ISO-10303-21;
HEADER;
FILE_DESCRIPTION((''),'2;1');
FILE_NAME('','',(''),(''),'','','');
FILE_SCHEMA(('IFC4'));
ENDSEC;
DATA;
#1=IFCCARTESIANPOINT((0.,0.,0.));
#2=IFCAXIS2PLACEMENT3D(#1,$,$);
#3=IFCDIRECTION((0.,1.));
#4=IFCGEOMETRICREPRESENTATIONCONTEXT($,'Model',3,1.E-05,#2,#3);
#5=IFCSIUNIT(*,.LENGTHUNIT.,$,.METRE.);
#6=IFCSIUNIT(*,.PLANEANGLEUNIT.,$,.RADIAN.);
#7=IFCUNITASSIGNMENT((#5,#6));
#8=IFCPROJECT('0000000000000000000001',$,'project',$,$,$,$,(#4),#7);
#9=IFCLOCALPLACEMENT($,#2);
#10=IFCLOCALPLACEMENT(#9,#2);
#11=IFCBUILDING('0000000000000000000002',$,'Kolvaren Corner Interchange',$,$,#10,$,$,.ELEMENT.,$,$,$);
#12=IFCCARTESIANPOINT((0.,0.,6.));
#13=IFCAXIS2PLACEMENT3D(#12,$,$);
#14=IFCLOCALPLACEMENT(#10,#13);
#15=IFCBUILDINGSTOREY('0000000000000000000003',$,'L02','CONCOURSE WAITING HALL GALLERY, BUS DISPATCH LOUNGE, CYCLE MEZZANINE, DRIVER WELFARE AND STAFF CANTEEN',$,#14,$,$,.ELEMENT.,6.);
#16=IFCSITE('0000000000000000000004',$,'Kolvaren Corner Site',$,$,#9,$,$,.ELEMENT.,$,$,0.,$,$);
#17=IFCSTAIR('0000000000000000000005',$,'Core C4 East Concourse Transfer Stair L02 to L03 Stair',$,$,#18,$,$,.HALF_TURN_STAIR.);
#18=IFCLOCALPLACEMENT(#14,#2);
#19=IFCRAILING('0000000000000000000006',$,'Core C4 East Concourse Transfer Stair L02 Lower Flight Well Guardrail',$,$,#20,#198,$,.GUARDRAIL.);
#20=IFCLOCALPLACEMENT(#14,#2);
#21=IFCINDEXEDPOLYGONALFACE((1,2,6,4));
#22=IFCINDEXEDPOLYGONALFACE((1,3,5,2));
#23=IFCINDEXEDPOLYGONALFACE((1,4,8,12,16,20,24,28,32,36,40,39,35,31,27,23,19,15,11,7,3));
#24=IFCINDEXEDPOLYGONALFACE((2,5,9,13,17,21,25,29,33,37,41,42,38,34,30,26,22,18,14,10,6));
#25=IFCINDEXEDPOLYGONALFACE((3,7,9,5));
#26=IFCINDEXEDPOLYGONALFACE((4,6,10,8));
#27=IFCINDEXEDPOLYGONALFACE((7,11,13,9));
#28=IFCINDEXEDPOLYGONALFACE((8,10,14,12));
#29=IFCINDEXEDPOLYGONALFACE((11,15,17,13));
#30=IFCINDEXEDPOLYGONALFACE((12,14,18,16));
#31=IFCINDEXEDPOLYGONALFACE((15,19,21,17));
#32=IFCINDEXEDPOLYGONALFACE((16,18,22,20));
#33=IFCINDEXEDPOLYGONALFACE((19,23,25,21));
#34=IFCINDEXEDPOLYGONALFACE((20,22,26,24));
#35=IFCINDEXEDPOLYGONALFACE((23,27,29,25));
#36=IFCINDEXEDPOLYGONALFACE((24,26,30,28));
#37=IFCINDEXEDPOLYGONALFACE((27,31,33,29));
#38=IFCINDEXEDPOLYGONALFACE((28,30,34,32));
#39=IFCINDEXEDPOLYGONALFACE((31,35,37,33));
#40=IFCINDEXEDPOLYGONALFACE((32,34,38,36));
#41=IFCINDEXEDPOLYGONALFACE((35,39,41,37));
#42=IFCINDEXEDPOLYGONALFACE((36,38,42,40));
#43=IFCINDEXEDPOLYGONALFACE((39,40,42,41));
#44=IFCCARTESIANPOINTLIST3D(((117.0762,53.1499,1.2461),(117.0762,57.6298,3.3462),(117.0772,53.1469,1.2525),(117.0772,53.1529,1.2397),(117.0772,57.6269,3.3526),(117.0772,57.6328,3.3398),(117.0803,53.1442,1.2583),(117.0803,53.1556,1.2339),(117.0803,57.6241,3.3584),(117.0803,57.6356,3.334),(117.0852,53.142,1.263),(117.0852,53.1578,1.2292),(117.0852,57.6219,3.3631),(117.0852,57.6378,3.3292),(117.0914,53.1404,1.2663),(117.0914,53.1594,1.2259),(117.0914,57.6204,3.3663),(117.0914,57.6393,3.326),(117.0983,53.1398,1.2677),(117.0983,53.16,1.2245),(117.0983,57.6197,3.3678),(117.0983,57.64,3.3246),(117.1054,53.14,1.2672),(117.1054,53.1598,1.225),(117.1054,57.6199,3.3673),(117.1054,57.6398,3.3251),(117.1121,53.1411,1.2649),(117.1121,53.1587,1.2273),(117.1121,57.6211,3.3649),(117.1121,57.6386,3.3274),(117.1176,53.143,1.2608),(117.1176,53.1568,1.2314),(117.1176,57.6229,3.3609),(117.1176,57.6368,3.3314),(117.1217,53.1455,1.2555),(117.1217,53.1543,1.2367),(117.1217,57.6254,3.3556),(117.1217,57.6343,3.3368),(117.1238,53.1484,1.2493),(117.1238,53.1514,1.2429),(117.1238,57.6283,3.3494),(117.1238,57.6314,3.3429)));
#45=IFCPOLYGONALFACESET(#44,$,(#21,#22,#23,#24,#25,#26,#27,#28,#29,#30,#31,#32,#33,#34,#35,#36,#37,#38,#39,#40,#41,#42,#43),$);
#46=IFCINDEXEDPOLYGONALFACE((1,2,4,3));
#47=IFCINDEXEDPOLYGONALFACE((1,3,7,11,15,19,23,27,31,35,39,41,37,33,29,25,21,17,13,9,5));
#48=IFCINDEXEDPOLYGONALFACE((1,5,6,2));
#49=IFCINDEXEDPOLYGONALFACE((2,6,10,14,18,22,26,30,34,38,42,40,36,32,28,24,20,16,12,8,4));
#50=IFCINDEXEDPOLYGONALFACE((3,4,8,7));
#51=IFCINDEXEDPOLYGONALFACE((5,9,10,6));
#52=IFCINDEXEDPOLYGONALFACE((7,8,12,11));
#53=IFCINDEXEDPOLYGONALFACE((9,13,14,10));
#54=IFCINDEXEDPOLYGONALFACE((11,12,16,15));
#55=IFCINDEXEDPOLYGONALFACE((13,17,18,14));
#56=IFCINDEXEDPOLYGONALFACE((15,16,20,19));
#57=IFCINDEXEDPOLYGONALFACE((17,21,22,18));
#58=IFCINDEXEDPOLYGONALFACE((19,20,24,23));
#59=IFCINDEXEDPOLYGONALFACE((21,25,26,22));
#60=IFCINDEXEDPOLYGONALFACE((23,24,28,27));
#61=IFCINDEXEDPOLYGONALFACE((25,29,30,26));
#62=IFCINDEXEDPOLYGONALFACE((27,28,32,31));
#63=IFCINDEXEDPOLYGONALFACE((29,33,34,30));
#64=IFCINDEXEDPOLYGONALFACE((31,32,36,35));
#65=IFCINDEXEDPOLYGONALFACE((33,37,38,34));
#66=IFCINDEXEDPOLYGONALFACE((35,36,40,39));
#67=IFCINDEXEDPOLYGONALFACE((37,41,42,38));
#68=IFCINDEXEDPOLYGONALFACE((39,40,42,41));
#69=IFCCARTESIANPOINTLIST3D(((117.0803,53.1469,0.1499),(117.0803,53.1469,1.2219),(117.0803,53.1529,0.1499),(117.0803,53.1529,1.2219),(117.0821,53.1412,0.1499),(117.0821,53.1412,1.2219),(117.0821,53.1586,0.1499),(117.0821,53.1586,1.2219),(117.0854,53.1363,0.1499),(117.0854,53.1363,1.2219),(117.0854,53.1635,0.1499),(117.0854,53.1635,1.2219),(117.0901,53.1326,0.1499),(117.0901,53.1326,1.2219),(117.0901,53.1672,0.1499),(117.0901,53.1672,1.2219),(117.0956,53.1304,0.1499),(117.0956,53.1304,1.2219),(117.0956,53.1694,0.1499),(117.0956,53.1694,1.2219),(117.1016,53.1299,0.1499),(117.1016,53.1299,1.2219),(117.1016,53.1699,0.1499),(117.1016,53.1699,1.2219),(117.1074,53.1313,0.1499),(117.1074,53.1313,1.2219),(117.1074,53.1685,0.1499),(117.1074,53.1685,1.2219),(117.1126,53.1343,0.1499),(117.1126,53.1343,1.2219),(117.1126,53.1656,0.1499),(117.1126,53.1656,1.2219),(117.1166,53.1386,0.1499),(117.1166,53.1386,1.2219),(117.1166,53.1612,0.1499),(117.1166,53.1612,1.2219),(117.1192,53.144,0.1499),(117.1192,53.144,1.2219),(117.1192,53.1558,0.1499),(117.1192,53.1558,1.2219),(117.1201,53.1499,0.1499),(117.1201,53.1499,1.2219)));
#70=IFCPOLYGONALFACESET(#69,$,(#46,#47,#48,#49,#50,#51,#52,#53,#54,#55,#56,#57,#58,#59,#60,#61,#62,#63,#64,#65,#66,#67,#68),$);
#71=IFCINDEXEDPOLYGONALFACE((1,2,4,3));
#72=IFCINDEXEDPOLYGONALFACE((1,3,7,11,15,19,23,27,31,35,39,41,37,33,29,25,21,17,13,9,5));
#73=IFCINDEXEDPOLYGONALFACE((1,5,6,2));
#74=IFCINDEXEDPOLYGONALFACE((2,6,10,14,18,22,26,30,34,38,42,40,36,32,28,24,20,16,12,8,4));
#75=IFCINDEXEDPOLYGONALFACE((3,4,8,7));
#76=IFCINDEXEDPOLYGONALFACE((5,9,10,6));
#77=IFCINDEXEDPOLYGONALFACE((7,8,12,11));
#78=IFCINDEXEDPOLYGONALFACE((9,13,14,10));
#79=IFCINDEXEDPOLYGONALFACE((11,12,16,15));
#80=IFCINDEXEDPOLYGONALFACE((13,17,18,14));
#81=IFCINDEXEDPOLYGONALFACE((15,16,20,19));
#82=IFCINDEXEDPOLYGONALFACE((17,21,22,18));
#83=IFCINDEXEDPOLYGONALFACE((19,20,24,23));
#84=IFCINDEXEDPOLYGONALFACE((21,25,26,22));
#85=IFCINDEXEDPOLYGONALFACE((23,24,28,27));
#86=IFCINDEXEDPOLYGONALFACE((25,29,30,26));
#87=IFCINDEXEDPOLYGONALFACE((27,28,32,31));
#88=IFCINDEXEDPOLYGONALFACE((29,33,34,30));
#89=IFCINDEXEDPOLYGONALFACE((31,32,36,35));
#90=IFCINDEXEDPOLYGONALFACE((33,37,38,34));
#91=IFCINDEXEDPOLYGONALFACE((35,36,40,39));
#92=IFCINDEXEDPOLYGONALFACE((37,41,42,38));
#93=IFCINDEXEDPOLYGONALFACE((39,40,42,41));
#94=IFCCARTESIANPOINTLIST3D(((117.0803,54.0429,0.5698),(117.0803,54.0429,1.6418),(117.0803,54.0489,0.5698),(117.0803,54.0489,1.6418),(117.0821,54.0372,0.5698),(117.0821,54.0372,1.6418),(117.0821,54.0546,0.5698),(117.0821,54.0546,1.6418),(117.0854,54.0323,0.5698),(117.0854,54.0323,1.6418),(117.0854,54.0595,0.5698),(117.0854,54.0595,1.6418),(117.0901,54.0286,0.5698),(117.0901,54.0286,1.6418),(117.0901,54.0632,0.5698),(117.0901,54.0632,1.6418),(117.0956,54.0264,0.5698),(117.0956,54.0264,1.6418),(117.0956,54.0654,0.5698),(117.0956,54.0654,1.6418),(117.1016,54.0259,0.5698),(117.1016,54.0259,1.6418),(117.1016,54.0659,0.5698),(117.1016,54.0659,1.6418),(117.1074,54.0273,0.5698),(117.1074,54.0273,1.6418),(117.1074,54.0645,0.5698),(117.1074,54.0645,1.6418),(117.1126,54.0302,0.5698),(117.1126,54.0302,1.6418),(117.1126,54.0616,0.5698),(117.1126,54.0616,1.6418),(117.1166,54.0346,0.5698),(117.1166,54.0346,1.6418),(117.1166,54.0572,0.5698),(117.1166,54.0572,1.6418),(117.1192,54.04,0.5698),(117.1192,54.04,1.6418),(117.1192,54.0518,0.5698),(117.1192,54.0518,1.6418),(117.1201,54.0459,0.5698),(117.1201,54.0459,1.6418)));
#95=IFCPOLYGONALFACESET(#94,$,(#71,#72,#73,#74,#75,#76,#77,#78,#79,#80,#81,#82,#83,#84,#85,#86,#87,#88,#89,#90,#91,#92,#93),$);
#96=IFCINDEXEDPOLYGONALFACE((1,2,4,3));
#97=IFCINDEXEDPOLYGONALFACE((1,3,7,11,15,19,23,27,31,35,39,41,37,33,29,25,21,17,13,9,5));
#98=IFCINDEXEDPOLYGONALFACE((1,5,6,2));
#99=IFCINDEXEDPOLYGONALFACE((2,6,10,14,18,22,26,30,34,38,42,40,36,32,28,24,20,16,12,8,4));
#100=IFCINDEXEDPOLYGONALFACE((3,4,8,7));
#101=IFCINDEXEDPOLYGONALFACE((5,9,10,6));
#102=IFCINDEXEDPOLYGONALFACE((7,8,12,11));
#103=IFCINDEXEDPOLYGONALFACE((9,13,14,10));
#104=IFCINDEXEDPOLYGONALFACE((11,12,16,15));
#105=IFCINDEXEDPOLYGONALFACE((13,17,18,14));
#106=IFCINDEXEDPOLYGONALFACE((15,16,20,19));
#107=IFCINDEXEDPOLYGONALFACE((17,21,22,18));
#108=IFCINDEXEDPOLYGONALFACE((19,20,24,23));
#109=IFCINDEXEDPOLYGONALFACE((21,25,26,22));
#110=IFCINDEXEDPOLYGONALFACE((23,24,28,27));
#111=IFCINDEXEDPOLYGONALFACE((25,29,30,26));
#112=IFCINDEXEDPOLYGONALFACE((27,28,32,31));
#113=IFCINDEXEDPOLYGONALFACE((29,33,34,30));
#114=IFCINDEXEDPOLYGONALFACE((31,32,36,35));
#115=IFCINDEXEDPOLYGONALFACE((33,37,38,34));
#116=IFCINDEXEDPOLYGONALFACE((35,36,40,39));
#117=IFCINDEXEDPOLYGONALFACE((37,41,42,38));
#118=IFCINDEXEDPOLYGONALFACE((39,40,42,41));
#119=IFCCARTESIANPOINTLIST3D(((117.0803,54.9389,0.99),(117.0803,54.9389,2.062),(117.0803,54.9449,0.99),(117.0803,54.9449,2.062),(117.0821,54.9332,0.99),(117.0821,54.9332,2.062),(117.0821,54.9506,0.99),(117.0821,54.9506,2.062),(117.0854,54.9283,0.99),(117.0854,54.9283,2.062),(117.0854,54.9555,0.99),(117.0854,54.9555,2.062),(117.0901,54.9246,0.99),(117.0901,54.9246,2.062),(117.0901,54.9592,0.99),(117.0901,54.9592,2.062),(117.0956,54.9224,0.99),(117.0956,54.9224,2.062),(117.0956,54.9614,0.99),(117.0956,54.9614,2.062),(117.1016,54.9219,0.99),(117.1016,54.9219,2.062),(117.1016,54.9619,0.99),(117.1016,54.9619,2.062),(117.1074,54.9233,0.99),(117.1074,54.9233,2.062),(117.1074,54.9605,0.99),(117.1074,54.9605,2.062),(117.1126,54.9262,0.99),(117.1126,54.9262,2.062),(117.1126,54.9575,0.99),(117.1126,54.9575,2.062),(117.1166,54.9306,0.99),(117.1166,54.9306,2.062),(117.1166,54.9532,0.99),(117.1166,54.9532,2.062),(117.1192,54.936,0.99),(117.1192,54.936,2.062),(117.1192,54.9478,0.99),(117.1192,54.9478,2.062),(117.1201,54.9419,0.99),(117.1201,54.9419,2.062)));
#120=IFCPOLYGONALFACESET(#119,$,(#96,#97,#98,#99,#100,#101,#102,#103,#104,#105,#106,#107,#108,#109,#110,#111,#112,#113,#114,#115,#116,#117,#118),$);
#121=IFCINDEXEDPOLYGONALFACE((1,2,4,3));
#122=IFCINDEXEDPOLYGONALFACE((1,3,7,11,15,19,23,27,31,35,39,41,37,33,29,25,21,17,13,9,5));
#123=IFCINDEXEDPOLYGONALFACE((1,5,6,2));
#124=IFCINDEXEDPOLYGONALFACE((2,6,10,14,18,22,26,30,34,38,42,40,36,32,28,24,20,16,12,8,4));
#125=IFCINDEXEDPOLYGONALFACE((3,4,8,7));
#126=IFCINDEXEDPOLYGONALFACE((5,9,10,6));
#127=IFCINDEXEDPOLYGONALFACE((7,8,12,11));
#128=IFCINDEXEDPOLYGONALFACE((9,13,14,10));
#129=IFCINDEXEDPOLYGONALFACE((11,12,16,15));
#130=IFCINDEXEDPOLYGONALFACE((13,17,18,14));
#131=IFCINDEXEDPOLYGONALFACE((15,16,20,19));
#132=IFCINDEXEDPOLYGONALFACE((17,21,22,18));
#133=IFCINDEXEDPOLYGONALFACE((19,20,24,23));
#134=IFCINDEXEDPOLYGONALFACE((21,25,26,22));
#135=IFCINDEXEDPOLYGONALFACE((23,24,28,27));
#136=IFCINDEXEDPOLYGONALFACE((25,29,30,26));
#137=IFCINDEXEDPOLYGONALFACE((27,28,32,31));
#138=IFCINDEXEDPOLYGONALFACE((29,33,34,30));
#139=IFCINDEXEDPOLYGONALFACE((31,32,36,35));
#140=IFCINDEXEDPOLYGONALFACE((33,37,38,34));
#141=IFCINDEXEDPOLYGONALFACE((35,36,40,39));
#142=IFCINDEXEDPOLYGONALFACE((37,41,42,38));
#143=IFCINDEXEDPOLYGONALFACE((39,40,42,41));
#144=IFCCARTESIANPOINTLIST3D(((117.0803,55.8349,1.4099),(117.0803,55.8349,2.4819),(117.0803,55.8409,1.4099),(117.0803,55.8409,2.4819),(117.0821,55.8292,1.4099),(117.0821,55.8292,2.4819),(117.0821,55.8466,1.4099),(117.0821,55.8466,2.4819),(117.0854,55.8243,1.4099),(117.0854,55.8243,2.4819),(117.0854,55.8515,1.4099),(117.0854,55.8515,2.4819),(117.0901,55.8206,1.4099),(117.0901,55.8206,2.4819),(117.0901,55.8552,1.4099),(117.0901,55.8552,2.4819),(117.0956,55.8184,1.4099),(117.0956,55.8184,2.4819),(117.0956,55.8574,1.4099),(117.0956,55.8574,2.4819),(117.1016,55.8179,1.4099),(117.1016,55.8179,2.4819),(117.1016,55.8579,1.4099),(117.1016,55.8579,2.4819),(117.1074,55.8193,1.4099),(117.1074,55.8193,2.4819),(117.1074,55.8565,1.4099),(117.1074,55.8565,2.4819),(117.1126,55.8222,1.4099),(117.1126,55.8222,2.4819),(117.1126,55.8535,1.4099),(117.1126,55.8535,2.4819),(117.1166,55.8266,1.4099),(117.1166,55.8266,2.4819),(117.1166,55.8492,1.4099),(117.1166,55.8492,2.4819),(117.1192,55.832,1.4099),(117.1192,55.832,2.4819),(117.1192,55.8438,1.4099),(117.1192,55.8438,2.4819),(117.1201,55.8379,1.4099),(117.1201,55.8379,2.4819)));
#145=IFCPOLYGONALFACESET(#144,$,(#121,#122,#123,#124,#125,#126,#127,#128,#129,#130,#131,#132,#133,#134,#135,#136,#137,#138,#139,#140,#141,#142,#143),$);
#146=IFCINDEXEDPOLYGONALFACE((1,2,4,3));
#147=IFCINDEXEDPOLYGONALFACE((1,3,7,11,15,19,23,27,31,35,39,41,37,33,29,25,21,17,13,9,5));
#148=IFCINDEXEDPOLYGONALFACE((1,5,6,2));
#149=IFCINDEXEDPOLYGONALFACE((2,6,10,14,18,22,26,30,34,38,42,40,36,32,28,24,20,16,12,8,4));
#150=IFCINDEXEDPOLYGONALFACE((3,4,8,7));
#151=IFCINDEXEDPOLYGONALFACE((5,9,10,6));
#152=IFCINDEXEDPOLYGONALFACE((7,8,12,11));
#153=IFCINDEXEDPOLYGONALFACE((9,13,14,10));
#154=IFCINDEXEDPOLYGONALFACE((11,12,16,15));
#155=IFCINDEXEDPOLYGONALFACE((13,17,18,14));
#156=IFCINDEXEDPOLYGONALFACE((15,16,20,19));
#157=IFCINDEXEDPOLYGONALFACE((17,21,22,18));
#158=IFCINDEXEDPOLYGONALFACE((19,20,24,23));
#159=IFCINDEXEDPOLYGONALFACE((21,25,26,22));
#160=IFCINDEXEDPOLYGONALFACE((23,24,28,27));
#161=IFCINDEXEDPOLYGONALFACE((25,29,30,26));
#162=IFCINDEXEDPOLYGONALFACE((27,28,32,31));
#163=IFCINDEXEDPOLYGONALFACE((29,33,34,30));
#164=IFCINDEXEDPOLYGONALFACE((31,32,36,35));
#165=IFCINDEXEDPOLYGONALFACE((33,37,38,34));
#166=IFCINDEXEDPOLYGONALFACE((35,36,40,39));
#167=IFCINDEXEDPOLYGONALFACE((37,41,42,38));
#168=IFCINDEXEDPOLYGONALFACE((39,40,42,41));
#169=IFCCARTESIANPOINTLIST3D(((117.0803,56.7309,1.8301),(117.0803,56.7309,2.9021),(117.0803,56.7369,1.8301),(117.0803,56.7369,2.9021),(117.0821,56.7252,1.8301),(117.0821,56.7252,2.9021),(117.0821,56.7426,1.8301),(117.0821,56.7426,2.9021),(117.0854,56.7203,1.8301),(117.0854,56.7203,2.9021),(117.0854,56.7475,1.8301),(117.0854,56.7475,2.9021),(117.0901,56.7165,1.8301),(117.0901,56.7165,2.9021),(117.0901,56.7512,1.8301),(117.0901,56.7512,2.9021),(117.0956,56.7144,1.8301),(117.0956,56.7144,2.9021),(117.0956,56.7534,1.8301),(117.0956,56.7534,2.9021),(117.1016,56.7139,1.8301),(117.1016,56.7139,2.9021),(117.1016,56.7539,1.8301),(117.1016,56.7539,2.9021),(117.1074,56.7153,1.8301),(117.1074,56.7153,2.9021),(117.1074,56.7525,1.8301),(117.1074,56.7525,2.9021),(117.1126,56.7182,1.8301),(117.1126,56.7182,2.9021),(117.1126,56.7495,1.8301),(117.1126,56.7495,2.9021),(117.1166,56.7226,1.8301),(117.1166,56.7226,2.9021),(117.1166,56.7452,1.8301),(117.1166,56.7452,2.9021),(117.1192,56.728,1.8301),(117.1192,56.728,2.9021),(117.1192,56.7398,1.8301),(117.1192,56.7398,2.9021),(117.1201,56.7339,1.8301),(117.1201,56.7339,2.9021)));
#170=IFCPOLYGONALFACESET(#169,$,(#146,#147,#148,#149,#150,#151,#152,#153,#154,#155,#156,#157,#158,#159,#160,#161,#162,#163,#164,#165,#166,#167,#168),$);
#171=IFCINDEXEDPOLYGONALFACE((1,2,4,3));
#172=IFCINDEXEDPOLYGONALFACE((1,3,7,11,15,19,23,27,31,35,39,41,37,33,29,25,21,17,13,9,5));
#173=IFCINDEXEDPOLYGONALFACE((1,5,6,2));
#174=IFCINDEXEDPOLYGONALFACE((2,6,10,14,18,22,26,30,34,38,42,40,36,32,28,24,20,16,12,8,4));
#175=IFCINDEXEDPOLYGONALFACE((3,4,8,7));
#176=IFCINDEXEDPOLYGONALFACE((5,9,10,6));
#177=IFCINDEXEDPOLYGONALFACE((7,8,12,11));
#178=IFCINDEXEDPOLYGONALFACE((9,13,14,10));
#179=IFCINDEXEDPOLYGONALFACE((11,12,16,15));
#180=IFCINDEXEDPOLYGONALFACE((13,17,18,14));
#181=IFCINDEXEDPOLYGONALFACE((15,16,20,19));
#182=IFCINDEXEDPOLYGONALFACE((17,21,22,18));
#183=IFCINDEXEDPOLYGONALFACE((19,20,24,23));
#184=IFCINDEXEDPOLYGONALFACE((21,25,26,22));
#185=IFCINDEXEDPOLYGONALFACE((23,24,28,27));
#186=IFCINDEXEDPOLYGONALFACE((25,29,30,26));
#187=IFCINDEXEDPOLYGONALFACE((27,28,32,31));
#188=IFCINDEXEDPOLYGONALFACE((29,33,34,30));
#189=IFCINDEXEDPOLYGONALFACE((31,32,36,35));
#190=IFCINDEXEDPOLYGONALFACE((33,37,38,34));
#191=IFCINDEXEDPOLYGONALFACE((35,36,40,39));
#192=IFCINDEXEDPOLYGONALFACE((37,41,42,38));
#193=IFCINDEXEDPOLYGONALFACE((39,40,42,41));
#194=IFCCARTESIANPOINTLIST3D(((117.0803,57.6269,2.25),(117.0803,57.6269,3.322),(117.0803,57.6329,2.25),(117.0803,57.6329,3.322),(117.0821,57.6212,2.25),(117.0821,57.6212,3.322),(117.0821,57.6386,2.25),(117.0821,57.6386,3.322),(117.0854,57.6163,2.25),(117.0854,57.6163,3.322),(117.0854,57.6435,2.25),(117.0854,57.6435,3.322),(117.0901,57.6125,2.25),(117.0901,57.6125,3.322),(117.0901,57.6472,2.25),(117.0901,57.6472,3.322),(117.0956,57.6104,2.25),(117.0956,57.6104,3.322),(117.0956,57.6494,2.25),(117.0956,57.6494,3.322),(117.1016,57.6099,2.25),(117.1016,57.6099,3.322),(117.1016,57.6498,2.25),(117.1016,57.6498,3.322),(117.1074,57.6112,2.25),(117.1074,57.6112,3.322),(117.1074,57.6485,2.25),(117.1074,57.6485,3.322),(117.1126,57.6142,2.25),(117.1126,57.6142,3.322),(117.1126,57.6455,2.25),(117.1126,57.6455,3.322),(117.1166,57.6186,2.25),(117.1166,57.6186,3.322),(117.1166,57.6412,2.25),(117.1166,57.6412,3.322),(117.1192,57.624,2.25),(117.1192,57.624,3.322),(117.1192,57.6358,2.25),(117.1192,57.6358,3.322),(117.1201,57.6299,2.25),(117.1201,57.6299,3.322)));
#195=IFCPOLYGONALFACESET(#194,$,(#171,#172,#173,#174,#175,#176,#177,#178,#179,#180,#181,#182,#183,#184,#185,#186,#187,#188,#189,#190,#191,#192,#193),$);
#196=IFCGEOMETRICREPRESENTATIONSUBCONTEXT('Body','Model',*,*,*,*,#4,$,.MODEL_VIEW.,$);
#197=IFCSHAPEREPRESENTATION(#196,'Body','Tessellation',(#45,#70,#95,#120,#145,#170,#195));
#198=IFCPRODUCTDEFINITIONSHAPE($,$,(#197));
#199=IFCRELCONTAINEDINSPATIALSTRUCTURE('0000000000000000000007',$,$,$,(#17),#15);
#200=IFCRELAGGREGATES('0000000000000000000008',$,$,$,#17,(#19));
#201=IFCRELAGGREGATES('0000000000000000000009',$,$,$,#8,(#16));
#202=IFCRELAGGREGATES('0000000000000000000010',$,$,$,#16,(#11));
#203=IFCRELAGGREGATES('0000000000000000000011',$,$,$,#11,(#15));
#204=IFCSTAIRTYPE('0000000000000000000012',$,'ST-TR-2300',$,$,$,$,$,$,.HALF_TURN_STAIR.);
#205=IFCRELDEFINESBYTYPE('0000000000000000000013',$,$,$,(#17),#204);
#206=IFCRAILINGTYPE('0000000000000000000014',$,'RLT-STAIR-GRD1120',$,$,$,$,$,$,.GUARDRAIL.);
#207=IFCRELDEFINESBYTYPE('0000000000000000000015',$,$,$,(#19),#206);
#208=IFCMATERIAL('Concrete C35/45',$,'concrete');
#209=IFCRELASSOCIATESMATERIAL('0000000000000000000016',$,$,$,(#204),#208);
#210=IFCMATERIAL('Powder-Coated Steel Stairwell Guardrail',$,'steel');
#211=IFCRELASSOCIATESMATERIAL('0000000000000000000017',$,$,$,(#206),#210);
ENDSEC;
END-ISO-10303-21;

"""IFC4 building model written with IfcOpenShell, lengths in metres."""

from ifc_helpers import new_model, si_unit, direction, frame, origin, origin_2d, place, context, subcontext, project, spatial, circle, extrude, material, type_object, element, aggregate, save


model = new_model("IFC4")

# Units and contexts
model_context = context("Model", 3, precision=1e-05, world=origin(), true_north=direction((0.0, 1.0)))
body_context = subcontext(model_context, "Body", "Model", "MODEL_VIEW")
ifc_project = project(units=[si_unit("LENGTHUNIT", "METRE"), si_unit("PLANEANGLEUNIT", "RADIAN")], contexts=[model_context])

# Site, building, storey
site_placement = place(None, origin())
site = spatial("IfcSite", under=ifc_project, at=site_placement, Name="Kolvaren Corner Site", CompositionType="ELEMENT", RefElevation=0.0)
building_placement = place(site_placement, origin())
building = spatial("IfcBuilding", under=site, at=building_placement, Name="Kolvaren Corner Interchange", CompositionType="ELEMENT")
storey_placement = place(building_placement, frame((0.0, 0.0, 6.0)))
storey = spatial("IfcBuildingStorey", under=building, at=storey_placement, Name="L02", Description="CONCOURSE WAITING HALL GALLERY, BUS DISPATCH LOUNGE, CYCLE MEZZANINE, DRIVER WELFARE AND STAFF CANTEEN", CompositionType="ELEMENT", Elevation=6.0)

# Stair, railing
ifc_material_1 = material(Name="Concrete C35/45", Category="concrete")
stair_type = type_object("IfcStairType", Name="ST-TR-2300", PredefinedType="HALF_TURN_STAIR", material=ifc_material_1)
stair_placement = place(storey_placement, origin())
stair = element("IfcStair", 1, at=stair_placement, inside=storey, type_object=stair_type, Name="Core C4 East Concourse Transfer Stair L02 to L03 Stair", PredefinedType="HALF_TURN_STAIR")
ifc_material_2 = material(Name="Powder-Coated Steel Stairwell Guardrail", Category="steel")
railing_type_1 = type_object("IfcRailingType", Name="RLT-STAIR-GRD1120", PredefinedType="GUARDRAIL", material=ifc_material_2)
railing_1_placement = place(storey_placement, frame((117.1001, 53.1499, 0.1499)))
railing_1 = element("IfcRailing", 2, at=railing_1_placement, type_object=railing_type_1, Name="Core C4 East Concourse Transfer Stair L02 Lower Flight Well Guardrail", PredefinedType="GUARDRAIL", context=body_context, shape_type="SweptSolid", body=[
    extrude(circle(Radius=0.0239, at=origin_2d()), frame((0.0, 0.0, 1.0962), z_axis=(0.0, 0.905451, 0.424452), x_axis=(-1.0, 0.0, 0.0)), (0.0, 0.0, 1.0), 4.9478),
    extrude(circle(Radius=0.02, at=origin_2d()), origin(), (0.0, 0.0, 1.0), 1.072),
    extrude(circle(Radius=0.02, at=origin_2d()), frame((0.0, 0.896, 0.4199)), (0.0, 0.0, 1.0), 1.072),
    extrude(circle(Radius=0.02, at=origin_2d()), frame((0.0, 1.792, 0.8401)), (0.0, 0.0, 1.0), 1.072),
    extrude(circle(Radius=0.02, at=origin_2d()), frame((0.0, 2.688, 1.26)), (0.0, 0.0, 1.0), 1.072),
    extrude(circle(Radius=0.02, at=origin_2d()), frame((0.0, 3.584, 1.6802)), (0.0, 0.0, 1.0), 1.072),
    extrude(circle(Radius=0.02, at=origin_2d()), frame((0.0, 4.48, 2.1001)), (0.0, 0.0, 1.0), 1.072),
])
aggregate(stair, [railing_1])

save(model, "model.ifc")
